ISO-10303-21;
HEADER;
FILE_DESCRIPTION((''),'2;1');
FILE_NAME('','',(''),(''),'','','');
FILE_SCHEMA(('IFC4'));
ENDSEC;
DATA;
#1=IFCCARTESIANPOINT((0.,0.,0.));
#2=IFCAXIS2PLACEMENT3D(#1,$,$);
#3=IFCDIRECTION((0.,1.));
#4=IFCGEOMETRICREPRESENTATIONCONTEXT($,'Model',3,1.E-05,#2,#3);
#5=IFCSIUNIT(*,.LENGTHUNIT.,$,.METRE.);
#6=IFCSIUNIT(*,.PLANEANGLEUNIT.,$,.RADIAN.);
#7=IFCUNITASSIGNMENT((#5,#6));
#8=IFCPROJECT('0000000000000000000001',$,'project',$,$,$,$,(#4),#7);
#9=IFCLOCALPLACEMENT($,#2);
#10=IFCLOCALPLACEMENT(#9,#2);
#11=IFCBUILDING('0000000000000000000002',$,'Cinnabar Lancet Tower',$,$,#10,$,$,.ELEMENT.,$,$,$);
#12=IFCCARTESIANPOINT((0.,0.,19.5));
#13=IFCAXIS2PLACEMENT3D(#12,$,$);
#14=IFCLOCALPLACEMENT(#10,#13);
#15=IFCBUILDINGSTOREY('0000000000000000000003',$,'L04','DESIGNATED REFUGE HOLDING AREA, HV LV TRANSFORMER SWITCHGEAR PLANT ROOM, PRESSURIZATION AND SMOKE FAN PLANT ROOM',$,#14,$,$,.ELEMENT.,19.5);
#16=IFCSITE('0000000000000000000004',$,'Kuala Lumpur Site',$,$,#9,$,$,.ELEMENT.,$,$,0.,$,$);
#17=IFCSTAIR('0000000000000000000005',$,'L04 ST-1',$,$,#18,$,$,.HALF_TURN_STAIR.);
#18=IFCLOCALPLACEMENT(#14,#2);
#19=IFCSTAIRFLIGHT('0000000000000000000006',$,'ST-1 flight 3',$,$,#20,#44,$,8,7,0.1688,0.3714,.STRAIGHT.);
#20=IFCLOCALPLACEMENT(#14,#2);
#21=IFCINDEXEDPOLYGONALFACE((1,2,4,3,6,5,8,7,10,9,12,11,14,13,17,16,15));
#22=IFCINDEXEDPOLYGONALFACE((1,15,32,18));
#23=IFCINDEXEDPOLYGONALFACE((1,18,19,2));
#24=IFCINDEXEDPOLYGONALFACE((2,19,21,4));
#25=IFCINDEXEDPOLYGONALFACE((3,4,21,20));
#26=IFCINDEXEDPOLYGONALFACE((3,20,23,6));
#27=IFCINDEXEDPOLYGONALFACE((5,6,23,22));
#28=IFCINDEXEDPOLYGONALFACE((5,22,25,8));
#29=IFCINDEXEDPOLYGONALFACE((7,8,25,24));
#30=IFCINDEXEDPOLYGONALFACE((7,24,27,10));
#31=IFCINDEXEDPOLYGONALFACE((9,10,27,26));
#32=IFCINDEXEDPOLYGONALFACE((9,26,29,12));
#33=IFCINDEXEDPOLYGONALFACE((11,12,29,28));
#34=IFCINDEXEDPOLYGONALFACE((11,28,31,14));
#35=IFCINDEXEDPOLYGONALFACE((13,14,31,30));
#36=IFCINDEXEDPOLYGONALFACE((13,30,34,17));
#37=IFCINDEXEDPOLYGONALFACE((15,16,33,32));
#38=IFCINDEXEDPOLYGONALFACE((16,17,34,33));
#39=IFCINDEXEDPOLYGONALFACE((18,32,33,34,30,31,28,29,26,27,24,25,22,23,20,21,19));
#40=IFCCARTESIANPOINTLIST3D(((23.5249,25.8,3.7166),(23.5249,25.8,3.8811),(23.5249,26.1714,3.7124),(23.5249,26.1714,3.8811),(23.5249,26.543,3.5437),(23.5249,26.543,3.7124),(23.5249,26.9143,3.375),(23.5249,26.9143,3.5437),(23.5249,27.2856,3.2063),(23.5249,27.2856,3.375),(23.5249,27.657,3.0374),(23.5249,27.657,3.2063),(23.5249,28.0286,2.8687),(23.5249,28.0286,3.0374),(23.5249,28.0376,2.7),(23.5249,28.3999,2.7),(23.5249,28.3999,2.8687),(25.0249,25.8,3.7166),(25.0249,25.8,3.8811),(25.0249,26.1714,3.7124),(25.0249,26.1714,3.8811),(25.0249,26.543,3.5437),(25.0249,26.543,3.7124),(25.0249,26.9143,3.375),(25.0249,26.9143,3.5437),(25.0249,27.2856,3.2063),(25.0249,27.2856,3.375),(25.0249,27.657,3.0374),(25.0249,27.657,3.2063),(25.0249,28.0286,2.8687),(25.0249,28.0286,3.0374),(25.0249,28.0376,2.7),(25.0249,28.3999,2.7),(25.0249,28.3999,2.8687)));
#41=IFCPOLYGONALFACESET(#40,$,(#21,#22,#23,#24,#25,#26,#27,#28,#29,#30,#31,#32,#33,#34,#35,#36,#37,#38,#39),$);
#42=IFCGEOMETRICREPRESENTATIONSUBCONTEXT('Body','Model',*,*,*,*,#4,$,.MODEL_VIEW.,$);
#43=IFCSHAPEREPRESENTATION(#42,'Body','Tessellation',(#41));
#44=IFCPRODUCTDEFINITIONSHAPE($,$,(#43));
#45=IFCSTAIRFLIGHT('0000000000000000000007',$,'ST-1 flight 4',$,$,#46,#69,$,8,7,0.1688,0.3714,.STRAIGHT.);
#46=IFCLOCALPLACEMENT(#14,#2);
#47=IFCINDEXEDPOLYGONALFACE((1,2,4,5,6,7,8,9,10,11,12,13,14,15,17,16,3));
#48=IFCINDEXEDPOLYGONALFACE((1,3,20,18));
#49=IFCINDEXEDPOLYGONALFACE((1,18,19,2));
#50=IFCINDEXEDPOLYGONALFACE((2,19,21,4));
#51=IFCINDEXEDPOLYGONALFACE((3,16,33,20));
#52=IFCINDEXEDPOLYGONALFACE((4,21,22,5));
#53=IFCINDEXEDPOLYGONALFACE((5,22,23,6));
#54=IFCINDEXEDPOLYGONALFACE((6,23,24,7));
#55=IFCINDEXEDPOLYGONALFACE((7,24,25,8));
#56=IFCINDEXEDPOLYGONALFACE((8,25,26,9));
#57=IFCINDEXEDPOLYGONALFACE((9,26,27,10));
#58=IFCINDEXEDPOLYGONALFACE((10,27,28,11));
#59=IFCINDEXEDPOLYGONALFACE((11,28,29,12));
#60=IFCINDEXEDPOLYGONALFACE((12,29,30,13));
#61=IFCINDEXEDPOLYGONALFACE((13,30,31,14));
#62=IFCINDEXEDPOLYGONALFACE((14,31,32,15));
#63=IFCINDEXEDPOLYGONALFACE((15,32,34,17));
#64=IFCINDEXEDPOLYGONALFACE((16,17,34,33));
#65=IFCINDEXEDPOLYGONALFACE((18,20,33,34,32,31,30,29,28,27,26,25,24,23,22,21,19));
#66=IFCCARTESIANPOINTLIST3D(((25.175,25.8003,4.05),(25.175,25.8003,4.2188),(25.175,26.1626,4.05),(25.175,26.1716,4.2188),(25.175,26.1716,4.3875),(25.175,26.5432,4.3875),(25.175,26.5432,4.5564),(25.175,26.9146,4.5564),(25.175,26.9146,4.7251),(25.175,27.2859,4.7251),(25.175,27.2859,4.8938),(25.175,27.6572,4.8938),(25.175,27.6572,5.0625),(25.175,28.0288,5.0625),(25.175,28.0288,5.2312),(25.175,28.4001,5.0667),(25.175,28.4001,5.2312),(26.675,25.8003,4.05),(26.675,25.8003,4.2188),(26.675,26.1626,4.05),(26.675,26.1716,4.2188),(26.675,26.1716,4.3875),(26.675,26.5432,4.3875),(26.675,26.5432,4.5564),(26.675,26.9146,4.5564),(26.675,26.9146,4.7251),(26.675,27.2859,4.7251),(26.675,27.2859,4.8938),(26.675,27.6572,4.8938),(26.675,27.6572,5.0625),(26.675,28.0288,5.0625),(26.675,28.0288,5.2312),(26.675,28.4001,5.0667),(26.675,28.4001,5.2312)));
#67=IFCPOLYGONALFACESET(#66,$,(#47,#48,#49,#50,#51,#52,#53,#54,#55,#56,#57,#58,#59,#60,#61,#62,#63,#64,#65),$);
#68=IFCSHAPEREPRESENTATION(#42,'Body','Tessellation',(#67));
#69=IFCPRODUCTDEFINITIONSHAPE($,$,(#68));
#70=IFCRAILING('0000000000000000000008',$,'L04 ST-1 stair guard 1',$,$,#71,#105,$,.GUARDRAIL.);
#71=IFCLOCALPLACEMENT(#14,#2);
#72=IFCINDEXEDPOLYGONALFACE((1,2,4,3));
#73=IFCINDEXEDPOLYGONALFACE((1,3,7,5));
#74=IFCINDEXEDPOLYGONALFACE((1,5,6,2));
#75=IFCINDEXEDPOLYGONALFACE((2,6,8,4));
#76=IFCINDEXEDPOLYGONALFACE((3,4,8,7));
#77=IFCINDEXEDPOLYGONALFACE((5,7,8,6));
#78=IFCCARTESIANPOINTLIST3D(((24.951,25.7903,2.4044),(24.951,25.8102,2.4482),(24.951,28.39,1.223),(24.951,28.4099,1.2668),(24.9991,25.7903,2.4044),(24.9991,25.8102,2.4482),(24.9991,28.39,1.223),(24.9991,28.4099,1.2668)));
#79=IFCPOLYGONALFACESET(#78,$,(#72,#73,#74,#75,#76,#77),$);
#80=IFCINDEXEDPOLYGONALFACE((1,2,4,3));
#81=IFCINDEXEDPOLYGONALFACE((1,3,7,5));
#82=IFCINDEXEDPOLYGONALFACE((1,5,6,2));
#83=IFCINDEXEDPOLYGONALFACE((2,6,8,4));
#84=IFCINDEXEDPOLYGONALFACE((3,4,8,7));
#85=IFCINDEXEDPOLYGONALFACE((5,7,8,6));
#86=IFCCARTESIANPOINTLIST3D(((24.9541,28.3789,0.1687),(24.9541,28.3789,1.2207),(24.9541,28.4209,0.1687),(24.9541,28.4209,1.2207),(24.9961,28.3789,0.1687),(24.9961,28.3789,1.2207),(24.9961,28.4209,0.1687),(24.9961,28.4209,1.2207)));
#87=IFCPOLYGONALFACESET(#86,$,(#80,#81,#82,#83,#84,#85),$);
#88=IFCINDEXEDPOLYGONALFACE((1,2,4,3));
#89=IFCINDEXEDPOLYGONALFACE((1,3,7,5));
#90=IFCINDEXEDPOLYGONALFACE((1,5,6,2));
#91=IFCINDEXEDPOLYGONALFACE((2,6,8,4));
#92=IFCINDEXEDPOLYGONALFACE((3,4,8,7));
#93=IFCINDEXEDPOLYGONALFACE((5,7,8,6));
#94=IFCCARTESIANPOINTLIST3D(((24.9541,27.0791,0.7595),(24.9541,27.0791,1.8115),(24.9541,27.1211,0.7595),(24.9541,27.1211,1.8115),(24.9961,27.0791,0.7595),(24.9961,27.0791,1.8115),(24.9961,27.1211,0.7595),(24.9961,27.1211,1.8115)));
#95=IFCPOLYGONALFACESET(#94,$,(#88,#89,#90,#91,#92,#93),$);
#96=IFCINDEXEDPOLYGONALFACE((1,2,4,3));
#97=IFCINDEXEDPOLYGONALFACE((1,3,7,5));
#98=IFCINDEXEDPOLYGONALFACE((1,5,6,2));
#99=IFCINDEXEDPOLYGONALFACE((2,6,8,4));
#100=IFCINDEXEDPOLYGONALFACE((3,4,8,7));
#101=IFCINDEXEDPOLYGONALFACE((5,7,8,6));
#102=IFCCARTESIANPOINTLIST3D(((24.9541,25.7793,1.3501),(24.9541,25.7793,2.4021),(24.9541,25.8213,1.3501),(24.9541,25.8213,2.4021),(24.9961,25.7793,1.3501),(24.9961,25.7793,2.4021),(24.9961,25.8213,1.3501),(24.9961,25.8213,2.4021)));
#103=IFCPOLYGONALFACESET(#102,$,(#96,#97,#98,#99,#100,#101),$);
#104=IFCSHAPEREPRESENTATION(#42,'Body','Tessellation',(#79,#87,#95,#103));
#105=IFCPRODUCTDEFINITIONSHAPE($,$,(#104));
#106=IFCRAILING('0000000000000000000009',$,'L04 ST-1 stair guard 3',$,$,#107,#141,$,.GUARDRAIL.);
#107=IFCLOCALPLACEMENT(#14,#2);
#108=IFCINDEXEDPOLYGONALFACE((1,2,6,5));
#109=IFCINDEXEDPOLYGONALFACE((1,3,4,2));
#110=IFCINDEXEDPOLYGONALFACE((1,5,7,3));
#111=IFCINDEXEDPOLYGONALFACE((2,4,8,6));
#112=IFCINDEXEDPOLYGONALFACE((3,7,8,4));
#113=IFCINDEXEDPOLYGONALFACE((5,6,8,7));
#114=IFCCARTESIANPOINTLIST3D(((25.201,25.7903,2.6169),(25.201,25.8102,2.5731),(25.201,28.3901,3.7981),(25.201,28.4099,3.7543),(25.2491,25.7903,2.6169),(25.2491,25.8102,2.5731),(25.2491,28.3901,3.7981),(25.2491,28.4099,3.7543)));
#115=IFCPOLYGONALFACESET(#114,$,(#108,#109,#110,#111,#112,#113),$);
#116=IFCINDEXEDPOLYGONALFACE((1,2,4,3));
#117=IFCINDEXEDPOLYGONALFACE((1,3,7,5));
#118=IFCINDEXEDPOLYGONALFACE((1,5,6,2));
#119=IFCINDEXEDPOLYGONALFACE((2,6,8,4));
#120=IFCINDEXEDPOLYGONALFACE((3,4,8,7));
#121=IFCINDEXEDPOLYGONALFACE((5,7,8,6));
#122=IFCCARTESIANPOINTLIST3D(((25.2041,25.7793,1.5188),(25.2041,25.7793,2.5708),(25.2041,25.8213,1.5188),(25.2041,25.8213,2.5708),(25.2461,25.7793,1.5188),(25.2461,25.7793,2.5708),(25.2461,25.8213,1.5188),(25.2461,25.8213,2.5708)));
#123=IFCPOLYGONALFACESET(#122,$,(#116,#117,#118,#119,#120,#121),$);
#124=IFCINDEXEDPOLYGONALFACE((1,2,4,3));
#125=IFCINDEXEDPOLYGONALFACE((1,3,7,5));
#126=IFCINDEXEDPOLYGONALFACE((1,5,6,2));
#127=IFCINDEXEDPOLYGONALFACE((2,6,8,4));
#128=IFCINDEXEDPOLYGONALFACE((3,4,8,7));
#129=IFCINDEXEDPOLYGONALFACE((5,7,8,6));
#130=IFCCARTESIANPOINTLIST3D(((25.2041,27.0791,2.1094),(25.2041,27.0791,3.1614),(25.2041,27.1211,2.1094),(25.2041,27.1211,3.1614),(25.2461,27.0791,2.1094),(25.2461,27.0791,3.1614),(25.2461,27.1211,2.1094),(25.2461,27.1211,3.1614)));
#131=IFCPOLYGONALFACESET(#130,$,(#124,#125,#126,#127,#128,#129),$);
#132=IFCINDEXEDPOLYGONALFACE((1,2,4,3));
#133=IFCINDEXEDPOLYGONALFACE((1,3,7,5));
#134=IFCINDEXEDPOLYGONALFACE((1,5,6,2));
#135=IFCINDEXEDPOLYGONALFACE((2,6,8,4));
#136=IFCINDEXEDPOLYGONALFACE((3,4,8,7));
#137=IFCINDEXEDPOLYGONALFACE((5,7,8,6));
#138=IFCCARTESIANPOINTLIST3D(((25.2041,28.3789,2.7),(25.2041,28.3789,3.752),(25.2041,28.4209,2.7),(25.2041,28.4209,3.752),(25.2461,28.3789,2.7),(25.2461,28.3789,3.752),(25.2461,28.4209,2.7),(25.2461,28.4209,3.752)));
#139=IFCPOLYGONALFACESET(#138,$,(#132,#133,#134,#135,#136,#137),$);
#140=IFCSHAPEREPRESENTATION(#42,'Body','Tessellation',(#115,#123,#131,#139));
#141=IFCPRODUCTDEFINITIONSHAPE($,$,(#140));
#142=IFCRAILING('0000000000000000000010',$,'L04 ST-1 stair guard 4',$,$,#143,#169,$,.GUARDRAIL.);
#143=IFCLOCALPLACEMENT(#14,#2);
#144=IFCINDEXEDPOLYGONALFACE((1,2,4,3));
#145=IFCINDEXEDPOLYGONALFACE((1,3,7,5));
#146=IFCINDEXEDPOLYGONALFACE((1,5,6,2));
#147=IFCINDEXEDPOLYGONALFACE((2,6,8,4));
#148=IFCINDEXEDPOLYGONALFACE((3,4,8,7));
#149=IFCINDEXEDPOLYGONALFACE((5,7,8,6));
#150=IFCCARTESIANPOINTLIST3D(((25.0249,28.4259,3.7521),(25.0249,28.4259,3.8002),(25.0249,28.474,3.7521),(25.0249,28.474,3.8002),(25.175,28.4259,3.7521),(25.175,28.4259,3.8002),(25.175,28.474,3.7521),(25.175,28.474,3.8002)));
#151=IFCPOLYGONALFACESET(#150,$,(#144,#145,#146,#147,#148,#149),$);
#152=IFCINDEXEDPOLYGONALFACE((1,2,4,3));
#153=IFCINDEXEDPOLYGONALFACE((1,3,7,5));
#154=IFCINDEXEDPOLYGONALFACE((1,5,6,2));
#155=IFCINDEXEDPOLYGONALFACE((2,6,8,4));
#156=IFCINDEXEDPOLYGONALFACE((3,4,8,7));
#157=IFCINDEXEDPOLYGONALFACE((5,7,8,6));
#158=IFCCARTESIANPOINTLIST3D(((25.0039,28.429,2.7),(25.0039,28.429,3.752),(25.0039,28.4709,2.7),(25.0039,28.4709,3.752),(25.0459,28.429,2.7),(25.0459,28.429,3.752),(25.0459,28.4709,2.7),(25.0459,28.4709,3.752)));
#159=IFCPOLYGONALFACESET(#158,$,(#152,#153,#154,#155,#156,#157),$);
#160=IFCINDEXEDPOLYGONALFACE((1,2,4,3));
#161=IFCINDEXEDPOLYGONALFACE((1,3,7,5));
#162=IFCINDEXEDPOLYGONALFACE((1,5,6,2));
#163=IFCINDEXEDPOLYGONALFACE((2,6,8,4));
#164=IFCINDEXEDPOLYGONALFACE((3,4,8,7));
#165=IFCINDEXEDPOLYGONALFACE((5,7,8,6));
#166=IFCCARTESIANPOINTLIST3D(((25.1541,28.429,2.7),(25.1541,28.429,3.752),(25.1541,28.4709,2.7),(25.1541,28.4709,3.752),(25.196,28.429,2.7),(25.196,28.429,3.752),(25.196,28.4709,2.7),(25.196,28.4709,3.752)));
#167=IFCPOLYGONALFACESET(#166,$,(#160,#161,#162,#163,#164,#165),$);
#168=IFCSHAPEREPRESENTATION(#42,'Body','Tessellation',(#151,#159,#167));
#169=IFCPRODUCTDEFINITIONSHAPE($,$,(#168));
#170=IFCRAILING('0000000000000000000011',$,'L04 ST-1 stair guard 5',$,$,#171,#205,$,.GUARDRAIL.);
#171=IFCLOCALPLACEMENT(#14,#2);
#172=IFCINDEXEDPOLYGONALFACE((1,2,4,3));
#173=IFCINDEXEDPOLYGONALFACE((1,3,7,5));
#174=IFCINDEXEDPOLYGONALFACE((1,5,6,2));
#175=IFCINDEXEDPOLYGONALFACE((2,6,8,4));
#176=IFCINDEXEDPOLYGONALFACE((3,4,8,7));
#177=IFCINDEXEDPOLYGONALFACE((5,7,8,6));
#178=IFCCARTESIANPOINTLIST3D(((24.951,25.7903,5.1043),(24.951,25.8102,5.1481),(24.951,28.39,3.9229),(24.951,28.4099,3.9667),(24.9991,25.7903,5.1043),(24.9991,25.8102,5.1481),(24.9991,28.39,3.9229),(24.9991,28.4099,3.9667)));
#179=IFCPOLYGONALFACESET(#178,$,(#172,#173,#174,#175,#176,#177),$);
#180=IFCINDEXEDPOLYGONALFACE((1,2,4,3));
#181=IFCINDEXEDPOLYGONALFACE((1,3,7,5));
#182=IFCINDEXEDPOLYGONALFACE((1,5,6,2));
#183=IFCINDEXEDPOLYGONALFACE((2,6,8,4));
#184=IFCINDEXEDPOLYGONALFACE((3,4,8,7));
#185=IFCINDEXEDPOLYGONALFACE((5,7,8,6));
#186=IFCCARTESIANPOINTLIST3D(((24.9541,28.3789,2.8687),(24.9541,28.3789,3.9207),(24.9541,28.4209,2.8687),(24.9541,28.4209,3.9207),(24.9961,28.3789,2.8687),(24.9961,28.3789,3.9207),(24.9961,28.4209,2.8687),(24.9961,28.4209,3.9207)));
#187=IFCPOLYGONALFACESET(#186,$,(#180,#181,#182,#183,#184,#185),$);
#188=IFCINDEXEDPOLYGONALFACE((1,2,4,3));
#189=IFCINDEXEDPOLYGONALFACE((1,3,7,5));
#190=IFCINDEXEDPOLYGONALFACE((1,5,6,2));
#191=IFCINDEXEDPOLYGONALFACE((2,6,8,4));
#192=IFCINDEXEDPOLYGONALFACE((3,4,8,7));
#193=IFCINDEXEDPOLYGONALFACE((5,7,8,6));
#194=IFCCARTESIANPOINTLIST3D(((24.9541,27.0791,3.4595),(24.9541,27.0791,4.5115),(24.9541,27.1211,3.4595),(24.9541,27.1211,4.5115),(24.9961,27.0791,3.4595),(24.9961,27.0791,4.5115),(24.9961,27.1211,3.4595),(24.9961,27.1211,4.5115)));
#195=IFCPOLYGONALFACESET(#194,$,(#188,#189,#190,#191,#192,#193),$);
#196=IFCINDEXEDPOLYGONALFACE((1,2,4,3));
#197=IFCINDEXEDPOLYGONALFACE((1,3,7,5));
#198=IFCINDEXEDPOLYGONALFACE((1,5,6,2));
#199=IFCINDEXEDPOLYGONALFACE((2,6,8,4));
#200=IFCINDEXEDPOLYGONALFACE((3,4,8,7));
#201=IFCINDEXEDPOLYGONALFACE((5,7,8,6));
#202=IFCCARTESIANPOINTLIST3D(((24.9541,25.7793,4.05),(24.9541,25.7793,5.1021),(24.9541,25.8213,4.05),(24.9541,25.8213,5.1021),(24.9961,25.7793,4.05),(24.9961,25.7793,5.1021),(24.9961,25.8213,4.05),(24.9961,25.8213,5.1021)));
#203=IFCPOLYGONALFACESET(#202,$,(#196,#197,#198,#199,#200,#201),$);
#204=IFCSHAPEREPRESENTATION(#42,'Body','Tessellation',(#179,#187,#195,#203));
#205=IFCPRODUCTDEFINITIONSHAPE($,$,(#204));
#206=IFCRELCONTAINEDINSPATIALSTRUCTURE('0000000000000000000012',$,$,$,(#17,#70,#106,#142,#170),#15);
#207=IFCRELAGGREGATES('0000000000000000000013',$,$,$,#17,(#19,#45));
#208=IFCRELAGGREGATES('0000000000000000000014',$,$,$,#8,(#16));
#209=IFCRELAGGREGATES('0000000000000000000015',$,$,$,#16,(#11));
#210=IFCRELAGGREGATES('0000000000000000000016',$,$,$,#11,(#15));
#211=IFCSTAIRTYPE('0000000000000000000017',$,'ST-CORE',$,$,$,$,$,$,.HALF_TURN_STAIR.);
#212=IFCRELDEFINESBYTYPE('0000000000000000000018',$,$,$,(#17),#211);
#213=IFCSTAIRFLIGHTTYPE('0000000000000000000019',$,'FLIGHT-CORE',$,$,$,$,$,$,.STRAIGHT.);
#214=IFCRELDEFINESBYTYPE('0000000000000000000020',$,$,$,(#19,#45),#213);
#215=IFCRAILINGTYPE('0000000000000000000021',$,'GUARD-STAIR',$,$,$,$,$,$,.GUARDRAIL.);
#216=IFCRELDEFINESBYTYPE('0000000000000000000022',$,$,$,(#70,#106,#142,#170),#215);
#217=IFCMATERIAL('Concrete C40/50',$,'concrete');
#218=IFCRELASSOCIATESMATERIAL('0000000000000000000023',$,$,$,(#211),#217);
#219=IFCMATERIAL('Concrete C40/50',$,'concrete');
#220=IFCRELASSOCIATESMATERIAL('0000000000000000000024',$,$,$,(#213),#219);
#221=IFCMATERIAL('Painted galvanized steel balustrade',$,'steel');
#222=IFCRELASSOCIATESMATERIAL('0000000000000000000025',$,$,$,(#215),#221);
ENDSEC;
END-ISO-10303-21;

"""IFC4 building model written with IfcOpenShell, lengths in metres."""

from ifc_helpers import new_model, si_unit, direction, frame, origin, origin_2d, place, context, subcontext, project, spatial, polyline, rectangle, outline, extrude, material, type_object, element, aggregate, save


model = new_model("IFC4")

# Units and contexts
model_context = context("Model", 3, precision=1e-05, world=origin(), true_north=direction((0.0, 1.0)))
body_context = subcontext(model_context, "Body", "Model", "MODEL_VIEW")
ifc_project = project(units=[si_unit("LENGTHUNIT", "METRE"), si_unit("PLANEANGLEUNIT", "RADIAN")], contexts=[model_context])

# Site, building, storey
site_placement = place(None, origin())
site = spatial("IfcSite", under=ifc_project, at=site_placement, Name="Kuala Lumpur Site", CompositionType="ELEMENT", RefElevation=0.0)
building_placement = place(site_placement, origin())
building = spatial("IfcBuilding", under=site, at=building_placement, Name="Cinnabar Lancet Tower", CompositionType="ELEMENT")
storey_placement = place(building_placement, frame((0.0, 0.0, 19.5)))
storey = spatial("IfcBuildingStorey", under=building, at=storey_placement, Name="L04", Description="DESIGNATED REFUGE HOLDING AREA, HV LV TRANSFORMER SWITCHGEAR PLANT ROOM, PRESSURIZATION AND SMOKE FAN PLANT ROOM", CompositionType="ELEMENT", Elevation=19.5)

# Stair, stair flights
ifc_material_1 = material(Name="Concrete C40/50", Category="concrete")
stair_type = type_object("IfcStairType", Name="ST-CORE", PredefinedType="HALF_TURN_STAIR", material=ifc_material_1)
stair_placement = place(storey_placement, origin())
stair = element("IfcStair", 1, at=stair_placement, inside=storey, type_object=stair_type, Name="L04 ST-1", PredefinedType="HALF_TURN_STAIR")
ifc_material_2 = material(Name="Concrete C40/50", Category="concrete")
stair_flight_type = type_object("IfcStairFlightType", Name="FLIGHT-CORE", PredefinedType="STRAIGHT", material=ifc_material_2)
stair_flight_1_placement = place(storey_placement, frame((24.2749, 28.3999, 2.7), z_axis=(0.0, 0.0, 1.0), x_axis=(0.0, -1.0, 0.0)))
stair_flight_1 = element("IfcStairFlight", 2, at=stair_flight_1_placement, type_object=stair_flight_type, Name="ST-1 flight 3", NumberOfRisers=8, NumberOfTreads=7, PredefinedType="STRAIGHT", RiserHeight=0.1688, TreadLength=0.3714, context=body_context, shape_type="SweptSolid", body=[
    extrude(outline(polyline([(0.0, 0.0), (0.0, 0.1687), (0.3713, 0.1687), (0.3713, 0.3374), (0.7429, 0.3374), (0.7429, 0.5063), (1.1143, 0.5063), (1.1143, 0.675), (1.4856, 0.675), (1.4856, 0.8438), (1.8569, 0.8438), (1.8569, 1.0125), (2.2285, 1.0125), (2.2285, 1.1812), (2.5999, 1.1812), (2.5999, 1.3501), (2.5999, 1.0166), (0.3623, 0.0), (0.0, 0.0)])), frame((0.0, 0.75, 0.0), z_axis=(0.0, -1.0, 0.0), x_axis=(1.0, 0.0, 0.0)), (0.0, 0.0, 1.0), 1.5),
])
stair_flight_2_placement = place(storey_placement, frame((25.925, 25.8003, 4.05), z_axis=(0.0, 0.0, 1.0), x_axis=(0.0, 1.0, 0.0)))
stair_flight_2 = element("IfcStairFlight", 3, at=stair_flight_2_placement, type_object=stair_flight_type, Name="ST-1 flight 4", NumberOfRisers=8, NumberOfTreads=7, PredefinedType="STRAIGHT", RiserHeight=0.1688, TreadLength=0.3714, context=body_context, shape_type="SweptSolid", body=[
    extrude(outline(polyline([(0.0, 0.0), (0.0, 0.1687), (0.3713, 0.1687), (0.3713, 0.3374), (0.7429, 0.3374), (0.7429, 0.5063), (1.1143, 0.5063), (1.1143, 0.675), (1.4856, 0.675), (1.4856, 0.8438), (1.8569, 0.8438), (1.8569, 1.0125), (2.2285, 1.0125), (2.2285, 1.1812), (2.5999, 1.1812), (2.5999, 1.3501), (2.5999, 1.0166), (0.3623, 0.0), (0.0, 0.0)])), frame((0.0, 0.75, 0.0), z_axis=(0.0, -1.0, 0.0), x_axis=(1.0, 0.0, 0.0)), (0.0, 0.0, 1.0), 1.5),
])
aggregate(stair, [stair_flight_1, stair_flight_2])

# Railings
ifc_material_3 = material(Name="Painted galvanized steel balustrade", Category="steel")
railing_type_1 = type_object("IfcRailingType", Name="GUARD-STAIR", PredefinedType="GUARDRAIL", material=ifc_material_3)
railing_1_placement = place(storey_placement, frame((24.9751, 28.3999, 0.1687)))
element("IfcRailing", 4, at=railing_1_placement, inside=storey, type_object=railing_type_1, Name="L04 ST-1 stair guard 1", PredefinedType="GUARDRAIL", context=body_context, shape_type="SweptSolid", body=[
    extrude(rectangle(XDim=0.0481, YDim=0.0481, at=origin_2d()), frame((0.0, 0.0, 1.0762), z_axis=(0.0, -0.910399, 0.413732), x_axis=(1.0, 0.0, 0.0)), (0.0, 0.0, 1.0), 2.8555),
    extrude(rectangle(XDim=0.042, YDim=0.042, at=origin_2d()), origin(), (0.0, 0.0, 1.0), 1.052),
    extrude(rectangle(XDim=0.042, YDim=0.042, at=origin_2d()), frame((0.0, -1.2998, 0.5908)), (0.0, 0.0, 1.0), 1.052),
    extrude(rectangle(XDim=0.042, YDim=0.042, at=origin_2d()), frame((0.0, -2.5996, 1.1814)), (0.0, 0.0, 1.0), 1.052),
])
railing_2_placement = place(storey_placement, frame((25.2251, 25.8003, 1.5188)))
element("IfcRailing", 5, at=railing_2_placement, inside=storey, type_object=railing_type_1, Name="L04 ST-1 stair guard 3", PredefinedType="GUARDRAIL", context=body_context, shape_type="SweptSolid", body=[
    extrude(rectangle(XDim=0.0481, YDim=0.0481, at=origin_2d()), frame((0.0, 0.0, 1.0762), z_axis=(0.0, 0.910431, 0.413661), x_axis=(-1.0, 0.0, 0.0)), (0.0, 0.0, 1.0), 2.8555),
    extrude(rectangle(XDim=0.042, YDim=0.042, at=origin_2d()), origin(), (0.0, 0.0, 1.0), 1.052),
    extrude(rectangle(XDim=0.042, YDim=0.042, at=origin_2d()), frame((0.0, 1.2998, 0.5906)), (0.0, 0.0, 1.0), 1.052),
    extrude(rectangle(XDim=0.042, YDim=0.042, at=origin_2d()), frame((0.0, 2.5996, 1.1812)), (0.0, 0.0, 1.0), 1.052),
])
railing_3_placement = place(storey_placement, frame((25.0249, 28.45, 2.7)))
element("IfcRailing", 6, at=railing_3_placement, inside=storey, type_object=railing_type_1, Name="L04 ST-1 stair guard 4", PredefinedType="GUARDRAIL", context=body_context, shape_type="SweptSolid", body=[
    extrude(rectangle(XDim=0.0481, YDim=0.0481, at=origin_2d()), frame((0.0, 0.0, 1.0762), z_axis=(1.0, 0.0, 0.0), x_axis=(0.0, 1.0, 0.0)), (0.0, 0.0, 1.0), 0.1501),
    extrude(rectangle(XDim=0.042, YDim=0.042, at=origin_2d()), origin(), (0.0, 0.0, 1.0), 1.052),
    extrude(rectangle(XDim=0.042, YDim=0.042, at=origin_2d()), frame((0.1501, 0.0, 0.0)), (0.0, 0.0, 1.0), 1.052),
])
railing_4_placement = place(storey_placement, frame((24.9751, 28.3999, 2.8687)))
element("IfcRailing", 7, at=railing_4_placement, inside=storey, type_object=railing_type_1, Name="L04 ST-1 stair guard 5", PredefinedType="GUARDRAIL", context=body_context, shape_type="SweptSolid", body=[
    extrude(rectangle(XDim=0.0481, YDim=0.0481, at=origin_2d()), frame((0.0, 0.0, 1.0762), z_axis=(0.0, -0.910399, 0.413732), x_axis=(1.0, 0.0, 0.0)), (0.0, 0.0, 1.0), 2.8555),
    extrude(rectangle(XDim=0.042, YDim=0.042, at=origin_2d()), origin(), (0.0, 0.0, 1.0), 1.052),
    extrude(rectangle(XDim=0.042, YDim=0.042, at=origin_2d()), frame((0.0, -1.2998, 0.5908)), (0.0, 0.0, 1.0), 1.052),
    extrude(rectangle(XDim=0.042, YDim=0.042, at=origin_2d()), frame((0.0, -2.5996, 1.1814)), (0.0, 0.0, 1.0), 1.052),
])

save(model, "model.ifc")
